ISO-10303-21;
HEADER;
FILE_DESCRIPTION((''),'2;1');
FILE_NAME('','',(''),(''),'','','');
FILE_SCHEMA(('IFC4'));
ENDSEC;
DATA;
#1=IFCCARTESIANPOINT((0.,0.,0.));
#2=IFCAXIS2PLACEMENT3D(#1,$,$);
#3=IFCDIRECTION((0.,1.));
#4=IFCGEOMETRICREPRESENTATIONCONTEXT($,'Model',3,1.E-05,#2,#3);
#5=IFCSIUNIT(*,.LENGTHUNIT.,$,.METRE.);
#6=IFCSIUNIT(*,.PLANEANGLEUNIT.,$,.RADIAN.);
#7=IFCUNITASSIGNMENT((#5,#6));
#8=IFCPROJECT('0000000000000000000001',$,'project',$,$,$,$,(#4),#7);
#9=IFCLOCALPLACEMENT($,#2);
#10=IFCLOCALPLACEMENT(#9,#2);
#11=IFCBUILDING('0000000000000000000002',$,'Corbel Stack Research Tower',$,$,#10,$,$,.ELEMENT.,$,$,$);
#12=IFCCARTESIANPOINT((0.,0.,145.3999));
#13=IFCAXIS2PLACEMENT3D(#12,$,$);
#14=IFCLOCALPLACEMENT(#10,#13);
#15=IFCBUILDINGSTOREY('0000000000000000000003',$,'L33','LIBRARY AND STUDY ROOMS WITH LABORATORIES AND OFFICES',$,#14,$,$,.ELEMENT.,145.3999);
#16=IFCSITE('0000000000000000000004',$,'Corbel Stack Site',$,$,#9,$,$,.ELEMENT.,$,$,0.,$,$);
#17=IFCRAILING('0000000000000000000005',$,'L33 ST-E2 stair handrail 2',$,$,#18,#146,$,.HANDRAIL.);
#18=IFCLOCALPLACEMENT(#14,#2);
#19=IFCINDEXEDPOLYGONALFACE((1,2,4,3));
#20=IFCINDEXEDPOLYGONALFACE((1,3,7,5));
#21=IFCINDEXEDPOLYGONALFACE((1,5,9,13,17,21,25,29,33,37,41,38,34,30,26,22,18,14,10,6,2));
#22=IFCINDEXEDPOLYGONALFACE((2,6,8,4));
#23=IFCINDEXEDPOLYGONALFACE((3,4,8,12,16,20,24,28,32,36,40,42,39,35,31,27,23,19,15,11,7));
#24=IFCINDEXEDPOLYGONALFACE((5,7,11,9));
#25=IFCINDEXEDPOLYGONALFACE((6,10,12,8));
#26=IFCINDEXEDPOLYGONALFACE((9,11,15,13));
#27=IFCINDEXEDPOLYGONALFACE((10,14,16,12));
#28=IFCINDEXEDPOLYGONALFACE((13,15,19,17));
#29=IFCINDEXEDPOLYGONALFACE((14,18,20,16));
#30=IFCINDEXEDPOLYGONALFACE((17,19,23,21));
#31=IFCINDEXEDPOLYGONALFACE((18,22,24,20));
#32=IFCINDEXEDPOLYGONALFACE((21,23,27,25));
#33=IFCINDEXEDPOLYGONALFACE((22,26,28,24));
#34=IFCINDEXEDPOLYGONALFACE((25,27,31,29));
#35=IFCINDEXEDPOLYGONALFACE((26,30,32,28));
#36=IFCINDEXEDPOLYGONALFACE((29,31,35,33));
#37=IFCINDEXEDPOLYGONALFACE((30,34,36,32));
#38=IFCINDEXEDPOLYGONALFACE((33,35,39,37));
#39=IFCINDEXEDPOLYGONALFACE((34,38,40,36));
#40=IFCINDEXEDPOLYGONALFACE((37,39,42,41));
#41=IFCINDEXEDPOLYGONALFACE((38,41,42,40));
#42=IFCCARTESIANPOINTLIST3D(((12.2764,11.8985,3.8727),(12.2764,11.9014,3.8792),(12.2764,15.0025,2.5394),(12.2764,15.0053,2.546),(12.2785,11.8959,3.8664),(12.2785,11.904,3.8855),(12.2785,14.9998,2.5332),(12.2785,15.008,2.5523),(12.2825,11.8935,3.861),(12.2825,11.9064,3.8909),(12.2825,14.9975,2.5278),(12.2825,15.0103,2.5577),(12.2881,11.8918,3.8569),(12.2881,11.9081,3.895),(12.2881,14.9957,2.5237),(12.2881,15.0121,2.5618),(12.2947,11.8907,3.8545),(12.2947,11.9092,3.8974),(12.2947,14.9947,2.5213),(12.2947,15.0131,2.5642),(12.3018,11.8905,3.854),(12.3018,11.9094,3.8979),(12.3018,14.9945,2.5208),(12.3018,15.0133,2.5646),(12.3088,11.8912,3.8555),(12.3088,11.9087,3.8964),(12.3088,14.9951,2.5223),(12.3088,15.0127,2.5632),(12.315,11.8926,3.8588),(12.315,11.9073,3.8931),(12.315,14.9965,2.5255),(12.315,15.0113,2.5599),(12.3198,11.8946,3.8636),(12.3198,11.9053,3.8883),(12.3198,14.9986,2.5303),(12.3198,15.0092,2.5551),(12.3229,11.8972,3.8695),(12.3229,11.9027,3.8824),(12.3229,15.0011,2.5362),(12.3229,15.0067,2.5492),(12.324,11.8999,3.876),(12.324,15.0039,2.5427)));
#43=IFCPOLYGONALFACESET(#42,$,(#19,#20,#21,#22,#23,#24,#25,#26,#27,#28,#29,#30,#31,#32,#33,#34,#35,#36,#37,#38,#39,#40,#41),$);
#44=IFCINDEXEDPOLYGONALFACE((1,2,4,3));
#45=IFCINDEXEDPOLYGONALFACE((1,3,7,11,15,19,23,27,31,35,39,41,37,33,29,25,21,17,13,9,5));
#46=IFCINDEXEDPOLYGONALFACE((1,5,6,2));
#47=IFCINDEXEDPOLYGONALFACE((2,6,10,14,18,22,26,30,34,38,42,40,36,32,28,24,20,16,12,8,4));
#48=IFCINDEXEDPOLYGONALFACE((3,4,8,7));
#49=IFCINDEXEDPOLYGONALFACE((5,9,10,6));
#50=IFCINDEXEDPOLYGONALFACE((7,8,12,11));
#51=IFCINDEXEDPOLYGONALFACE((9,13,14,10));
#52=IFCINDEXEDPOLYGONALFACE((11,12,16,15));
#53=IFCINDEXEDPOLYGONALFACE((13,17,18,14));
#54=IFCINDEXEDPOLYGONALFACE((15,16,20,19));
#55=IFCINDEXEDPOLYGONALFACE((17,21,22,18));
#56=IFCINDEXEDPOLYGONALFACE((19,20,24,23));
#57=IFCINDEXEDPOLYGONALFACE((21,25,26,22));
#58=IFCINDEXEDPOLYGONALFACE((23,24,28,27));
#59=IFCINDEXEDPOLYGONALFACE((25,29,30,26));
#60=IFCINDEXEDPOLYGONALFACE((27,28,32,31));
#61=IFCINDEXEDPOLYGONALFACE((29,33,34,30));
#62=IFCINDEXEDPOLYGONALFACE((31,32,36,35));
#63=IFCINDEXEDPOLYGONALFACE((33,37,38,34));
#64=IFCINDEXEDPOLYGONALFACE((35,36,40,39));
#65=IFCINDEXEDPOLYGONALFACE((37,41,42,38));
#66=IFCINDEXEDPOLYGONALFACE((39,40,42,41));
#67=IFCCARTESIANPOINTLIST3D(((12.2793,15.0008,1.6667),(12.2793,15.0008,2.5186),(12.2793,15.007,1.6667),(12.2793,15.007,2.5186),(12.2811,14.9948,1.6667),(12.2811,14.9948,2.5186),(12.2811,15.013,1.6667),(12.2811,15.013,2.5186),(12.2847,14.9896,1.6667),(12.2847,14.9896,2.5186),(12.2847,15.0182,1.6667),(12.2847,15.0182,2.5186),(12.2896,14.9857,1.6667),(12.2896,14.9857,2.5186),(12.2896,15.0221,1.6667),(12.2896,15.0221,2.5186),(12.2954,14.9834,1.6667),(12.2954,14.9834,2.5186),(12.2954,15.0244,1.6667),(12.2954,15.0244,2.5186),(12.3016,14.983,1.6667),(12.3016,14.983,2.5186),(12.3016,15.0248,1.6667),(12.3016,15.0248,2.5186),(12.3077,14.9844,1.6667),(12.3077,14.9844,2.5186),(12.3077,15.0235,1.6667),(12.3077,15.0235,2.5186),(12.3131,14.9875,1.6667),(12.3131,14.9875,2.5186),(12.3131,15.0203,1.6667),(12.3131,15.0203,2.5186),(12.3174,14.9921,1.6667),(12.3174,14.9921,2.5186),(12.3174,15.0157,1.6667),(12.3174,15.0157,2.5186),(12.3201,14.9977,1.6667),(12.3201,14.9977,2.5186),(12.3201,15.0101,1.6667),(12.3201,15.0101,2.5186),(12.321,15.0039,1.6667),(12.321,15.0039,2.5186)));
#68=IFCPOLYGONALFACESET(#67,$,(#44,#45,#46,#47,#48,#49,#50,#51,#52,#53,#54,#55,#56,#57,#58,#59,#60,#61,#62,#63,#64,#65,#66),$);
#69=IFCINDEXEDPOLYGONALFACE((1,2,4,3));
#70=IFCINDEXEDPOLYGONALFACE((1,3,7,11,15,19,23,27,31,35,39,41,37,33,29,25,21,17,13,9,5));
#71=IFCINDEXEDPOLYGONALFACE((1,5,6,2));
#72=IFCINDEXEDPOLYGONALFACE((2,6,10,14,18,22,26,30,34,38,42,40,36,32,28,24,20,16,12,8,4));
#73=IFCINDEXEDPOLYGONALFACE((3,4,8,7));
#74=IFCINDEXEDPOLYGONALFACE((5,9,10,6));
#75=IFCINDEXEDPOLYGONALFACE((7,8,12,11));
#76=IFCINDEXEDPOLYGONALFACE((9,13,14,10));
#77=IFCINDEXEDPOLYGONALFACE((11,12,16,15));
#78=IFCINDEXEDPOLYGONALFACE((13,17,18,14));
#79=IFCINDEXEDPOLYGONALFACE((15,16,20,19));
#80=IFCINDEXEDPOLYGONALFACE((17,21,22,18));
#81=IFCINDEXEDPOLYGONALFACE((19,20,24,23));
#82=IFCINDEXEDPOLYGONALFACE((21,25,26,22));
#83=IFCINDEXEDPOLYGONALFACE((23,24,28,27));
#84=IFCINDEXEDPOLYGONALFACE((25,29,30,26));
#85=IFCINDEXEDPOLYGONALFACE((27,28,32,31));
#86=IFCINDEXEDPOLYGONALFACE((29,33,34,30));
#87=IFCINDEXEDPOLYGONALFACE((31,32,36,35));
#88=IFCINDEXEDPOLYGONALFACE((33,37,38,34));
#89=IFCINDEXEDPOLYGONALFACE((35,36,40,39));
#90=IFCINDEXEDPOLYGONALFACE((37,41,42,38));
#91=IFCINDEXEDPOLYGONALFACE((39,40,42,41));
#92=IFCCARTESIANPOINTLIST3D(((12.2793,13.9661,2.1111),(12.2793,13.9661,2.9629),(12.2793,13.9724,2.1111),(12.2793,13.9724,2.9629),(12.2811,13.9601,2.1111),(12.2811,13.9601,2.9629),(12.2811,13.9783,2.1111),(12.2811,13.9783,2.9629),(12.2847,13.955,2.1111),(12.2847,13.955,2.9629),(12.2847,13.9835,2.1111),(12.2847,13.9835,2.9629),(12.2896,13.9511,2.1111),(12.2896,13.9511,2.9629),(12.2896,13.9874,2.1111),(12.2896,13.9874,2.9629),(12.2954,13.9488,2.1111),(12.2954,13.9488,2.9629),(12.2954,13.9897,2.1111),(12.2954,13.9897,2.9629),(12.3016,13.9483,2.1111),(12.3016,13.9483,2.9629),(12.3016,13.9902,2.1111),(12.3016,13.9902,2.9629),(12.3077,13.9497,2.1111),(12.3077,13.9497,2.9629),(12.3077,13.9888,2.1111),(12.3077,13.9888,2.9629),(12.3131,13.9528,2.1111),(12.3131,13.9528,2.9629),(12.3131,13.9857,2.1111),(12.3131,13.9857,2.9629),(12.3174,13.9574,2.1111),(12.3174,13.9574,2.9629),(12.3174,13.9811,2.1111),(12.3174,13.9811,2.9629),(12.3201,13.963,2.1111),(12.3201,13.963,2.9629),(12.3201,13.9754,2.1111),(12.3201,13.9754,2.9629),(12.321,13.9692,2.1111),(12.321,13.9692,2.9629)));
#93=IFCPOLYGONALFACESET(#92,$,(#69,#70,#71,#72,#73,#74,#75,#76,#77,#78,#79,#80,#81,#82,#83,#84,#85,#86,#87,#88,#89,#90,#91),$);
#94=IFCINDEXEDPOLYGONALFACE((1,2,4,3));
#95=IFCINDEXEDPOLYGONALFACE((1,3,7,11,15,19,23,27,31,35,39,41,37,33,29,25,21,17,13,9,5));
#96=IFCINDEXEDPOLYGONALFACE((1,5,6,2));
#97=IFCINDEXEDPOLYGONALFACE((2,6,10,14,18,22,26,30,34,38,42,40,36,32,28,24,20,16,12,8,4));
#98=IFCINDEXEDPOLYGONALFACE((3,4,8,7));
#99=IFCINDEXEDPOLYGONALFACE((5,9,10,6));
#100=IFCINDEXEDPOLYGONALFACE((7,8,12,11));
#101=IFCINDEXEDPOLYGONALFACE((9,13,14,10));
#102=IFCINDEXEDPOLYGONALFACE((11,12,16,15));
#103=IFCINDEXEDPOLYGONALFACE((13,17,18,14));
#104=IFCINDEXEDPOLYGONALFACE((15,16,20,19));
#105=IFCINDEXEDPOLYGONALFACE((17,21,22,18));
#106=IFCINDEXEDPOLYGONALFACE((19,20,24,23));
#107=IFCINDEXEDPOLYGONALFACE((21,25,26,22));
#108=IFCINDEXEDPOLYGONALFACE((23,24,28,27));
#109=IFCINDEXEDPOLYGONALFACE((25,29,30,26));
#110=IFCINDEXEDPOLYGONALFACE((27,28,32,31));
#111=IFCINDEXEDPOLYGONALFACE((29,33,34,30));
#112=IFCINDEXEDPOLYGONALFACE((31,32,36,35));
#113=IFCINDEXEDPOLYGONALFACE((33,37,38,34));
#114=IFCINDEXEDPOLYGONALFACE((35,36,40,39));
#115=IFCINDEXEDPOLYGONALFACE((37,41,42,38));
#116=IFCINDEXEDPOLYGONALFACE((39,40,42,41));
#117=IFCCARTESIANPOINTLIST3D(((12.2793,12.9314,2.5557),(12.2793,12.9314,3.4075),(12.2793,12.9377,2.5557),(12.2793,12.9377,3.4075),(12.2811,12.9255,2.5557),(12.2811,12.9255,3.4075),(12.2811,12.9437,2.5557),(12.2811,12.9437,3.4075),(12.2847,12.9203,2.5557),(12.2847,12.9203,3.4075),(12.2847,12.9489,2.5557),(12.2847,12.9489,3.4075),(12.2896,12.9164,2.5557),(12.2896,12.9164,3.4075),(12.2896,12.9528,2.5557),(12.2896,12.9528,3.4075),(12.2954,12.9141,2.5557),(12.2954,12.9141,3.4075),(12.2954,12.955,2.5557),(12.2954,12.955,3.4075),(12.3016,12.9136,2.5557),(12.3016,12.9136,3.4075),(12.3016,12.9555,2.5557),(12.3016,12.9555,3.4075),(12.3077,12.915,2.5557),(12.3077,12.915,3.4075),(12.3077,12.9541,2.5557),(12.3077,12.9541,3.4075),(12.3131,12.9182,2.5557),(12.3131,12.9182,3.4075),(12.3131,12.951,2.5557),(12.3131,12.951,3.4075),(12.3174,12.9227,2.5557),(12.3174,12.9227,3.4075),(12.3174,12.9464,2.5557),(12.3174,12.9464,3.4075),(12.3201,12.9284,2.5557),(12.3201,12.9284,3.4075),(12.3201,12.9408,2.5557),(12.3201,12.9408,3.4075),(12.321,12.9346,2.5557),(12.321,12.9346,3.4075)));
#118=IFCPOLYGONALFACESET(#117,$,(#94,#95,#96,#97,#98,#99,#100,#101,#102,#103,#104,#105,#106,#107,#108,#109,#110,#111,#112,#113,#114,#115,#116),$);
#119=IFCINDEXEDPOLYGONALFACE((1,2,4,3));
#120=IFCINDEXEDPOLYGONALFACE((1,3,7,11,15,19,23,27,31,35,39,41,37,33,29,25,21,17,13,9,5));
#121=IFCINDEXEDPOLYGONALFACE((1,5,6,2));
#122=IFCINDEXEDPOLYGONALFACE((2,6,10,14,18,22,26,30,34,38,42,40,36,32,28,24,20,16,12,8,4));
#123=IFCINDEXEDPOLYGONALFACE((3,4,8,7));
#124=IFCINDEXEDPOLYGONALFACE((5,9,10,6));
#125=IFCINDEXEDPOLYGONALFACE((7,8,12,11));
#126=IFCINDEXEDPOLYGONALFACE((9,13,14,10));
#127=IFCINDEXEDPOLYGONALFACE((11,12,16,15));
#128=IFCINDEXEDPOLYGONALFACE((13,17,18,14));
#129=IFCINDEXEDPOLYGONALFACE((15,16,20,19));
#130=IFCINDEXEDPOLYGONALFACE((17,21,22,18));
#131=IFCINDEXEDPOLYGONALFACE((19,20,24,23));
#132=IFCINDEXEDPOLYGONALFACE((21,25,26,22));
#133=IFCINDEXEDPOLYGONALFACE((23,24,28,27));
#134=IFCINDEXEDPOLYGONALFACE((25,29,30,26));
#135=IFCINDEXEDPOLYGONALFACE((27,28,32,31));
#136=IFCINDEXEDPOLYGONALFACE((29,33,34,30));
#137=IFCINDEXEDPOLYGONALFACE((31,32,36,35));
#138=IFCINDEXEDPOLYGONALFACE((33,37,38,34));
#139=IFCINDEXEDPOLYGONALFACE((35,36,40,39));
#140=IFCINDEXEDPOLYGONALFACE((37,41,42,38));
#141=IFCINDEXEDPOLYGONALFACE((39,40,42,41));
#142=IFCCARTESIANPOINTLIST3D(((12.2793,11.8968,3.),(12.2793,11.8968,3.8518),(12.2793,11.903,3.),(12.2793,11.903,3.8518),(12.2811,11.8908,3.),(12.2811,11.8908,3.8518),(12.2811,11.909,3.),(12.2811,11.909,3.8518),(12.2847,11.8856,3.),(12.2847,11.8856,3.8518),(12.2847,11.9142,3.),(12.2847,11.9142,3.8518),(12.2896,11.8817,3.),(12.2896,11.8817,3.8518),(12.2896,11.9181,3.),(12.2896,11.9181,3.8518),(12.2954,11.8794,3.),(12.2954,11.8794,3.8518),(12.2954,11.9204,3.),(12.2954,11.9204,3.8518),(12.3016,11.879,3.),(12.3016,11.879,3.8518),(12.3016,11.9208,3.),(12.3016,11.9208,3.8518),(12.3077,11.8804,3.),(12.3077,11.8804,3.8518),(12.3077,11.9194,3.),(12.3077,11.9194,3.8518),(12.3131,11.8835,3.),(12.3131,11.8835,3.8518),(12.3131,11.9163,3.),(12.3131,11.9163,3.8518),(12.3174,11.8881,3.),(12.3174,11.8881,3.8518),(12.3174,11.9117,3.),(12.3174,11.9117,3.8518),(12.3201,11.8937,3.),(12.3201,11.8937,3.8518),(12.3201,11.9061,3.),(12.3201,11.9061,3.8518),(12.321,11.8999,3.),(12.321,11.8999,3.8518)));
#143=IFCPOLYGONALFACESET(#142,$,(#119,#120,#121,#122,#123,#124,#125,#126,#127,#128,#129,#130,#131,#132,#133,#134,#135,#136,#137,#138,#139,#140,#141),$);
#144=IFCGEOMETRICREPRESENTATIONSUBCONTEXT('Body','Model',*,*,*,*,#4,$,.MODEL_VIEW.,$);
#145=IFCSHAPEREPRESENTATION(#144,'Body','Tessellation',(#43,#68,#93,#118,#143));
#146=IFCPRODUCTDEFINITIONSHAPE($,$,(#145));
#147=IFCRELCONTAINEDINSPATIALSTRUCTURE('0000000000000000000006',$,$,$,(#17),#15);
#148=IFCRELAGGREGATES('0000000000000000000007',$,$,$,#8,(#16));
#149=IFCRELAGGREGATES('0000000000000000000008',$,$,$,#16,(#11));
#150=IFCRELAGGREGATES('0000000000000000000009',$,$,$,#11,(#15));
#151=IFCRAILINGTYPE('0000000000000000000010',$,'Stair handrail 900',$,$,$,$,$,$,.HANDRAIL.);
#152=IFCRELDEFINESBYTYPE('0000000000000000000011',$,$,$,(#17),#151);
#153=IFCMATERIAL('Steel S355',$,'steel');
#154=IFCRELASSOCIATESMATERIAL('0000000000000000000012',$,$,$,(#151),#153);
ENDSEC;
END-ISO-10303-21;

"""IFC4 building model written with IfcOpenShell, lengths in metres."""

from ifc_helpers import new_model, si_unit, direction, frame, origin, origin_2d, place, context, subcontext, project, spatial, circle, extrude, material, type_object, element, save


model = new_model("IFC4")

# Units and contexts
model_context = context("Model", 3, precision=1e-05, world=origin(), true_north=direction((0.0, 1.0)))
body_context = subcontext(model_context, "Body", "Model", "MODEL_VIEW")
ifc_project = project(units=[si_unit("LENGTHUNIT", "METRE"), si_unit("PLANEANGLEUNIT", "RADIAN")], contexts=[model_context])

# Site, building, storey
site_placement = place(None, origin())
site = spatial("IfcSite", under=ifc_project, at=site_placement, Name="Corbel Stack Site", CompositionType="ELEMENT", RefElevation=0.0)
building_placement = place(site_placement, origin())
building = spatial("IfcBuilding", under=site, at=building_placement, Name="Corbel Stack Research Tower", CompositionType="ELEMENT")
storey_placement = place(building_placement, frame((0.0, 0.0, 145.3999)))
storey = spatial("IfcBuildingStorey", under=building, at=storey_placement, Name="L33", Description="LIBRARY AND STUDY ROOMS WITH LABORATORIES AND OFFICES", CompositionType="ELEMENT", Elevation=145.3999)

# Railing
ifc_material_1 = material(Name="Steel S355", Category="steel")
railing_type = type_object("IfcRailingType", Name="Stair handrail 900", PredefinedType="HANDRAIL", material=ifc_material_1)
for number, where, name in (
    (1, (12.3, 15.0039, 1.6667), "L33 ST-E2 stair handrail 2"),
):
    element("IfcRailing", number, at=place(storey_placement, frame(where)), inside=storey, type_object=railing_type, Name=name, PredefinedType="HANDRAIL", context=body_context, shape_type="SweptSolid", body=[
        extrude(circle(Radius=0.0239, at=origin_2d()), frame((0.0, 0.0, 0.876), z_axis=(0.0, -0.918827, 0.394661), x_axis=(1.0, 0.0, 0.0)), (0.0, 0.0, 1.0), 3.3782),
        extrude(circle(Radius=0.021, at=origin_2d()), origin(), (0.0, 0.0, 1.0), 0.8518),
        extrude(circle(Radius=0.021, at=origin_2d()), frame((0.0, -1.0347, 0.4443)), (0.0, 0.0, 1.0), 0.8518),
        extrude(circle(Radius=0.021, at=origin_2d()), frame((0.0, -2.0693, 0.8889)), (0.0, 0.0, 1.0), 0.8518),
        extrude(circle(Radius=0.021, at=origin_2d()), frame((0.0, -3.104, 1.3333)), (0.0, 0.0, 1.0), 0.8518),
    ])

save(model, "model.ifc")
